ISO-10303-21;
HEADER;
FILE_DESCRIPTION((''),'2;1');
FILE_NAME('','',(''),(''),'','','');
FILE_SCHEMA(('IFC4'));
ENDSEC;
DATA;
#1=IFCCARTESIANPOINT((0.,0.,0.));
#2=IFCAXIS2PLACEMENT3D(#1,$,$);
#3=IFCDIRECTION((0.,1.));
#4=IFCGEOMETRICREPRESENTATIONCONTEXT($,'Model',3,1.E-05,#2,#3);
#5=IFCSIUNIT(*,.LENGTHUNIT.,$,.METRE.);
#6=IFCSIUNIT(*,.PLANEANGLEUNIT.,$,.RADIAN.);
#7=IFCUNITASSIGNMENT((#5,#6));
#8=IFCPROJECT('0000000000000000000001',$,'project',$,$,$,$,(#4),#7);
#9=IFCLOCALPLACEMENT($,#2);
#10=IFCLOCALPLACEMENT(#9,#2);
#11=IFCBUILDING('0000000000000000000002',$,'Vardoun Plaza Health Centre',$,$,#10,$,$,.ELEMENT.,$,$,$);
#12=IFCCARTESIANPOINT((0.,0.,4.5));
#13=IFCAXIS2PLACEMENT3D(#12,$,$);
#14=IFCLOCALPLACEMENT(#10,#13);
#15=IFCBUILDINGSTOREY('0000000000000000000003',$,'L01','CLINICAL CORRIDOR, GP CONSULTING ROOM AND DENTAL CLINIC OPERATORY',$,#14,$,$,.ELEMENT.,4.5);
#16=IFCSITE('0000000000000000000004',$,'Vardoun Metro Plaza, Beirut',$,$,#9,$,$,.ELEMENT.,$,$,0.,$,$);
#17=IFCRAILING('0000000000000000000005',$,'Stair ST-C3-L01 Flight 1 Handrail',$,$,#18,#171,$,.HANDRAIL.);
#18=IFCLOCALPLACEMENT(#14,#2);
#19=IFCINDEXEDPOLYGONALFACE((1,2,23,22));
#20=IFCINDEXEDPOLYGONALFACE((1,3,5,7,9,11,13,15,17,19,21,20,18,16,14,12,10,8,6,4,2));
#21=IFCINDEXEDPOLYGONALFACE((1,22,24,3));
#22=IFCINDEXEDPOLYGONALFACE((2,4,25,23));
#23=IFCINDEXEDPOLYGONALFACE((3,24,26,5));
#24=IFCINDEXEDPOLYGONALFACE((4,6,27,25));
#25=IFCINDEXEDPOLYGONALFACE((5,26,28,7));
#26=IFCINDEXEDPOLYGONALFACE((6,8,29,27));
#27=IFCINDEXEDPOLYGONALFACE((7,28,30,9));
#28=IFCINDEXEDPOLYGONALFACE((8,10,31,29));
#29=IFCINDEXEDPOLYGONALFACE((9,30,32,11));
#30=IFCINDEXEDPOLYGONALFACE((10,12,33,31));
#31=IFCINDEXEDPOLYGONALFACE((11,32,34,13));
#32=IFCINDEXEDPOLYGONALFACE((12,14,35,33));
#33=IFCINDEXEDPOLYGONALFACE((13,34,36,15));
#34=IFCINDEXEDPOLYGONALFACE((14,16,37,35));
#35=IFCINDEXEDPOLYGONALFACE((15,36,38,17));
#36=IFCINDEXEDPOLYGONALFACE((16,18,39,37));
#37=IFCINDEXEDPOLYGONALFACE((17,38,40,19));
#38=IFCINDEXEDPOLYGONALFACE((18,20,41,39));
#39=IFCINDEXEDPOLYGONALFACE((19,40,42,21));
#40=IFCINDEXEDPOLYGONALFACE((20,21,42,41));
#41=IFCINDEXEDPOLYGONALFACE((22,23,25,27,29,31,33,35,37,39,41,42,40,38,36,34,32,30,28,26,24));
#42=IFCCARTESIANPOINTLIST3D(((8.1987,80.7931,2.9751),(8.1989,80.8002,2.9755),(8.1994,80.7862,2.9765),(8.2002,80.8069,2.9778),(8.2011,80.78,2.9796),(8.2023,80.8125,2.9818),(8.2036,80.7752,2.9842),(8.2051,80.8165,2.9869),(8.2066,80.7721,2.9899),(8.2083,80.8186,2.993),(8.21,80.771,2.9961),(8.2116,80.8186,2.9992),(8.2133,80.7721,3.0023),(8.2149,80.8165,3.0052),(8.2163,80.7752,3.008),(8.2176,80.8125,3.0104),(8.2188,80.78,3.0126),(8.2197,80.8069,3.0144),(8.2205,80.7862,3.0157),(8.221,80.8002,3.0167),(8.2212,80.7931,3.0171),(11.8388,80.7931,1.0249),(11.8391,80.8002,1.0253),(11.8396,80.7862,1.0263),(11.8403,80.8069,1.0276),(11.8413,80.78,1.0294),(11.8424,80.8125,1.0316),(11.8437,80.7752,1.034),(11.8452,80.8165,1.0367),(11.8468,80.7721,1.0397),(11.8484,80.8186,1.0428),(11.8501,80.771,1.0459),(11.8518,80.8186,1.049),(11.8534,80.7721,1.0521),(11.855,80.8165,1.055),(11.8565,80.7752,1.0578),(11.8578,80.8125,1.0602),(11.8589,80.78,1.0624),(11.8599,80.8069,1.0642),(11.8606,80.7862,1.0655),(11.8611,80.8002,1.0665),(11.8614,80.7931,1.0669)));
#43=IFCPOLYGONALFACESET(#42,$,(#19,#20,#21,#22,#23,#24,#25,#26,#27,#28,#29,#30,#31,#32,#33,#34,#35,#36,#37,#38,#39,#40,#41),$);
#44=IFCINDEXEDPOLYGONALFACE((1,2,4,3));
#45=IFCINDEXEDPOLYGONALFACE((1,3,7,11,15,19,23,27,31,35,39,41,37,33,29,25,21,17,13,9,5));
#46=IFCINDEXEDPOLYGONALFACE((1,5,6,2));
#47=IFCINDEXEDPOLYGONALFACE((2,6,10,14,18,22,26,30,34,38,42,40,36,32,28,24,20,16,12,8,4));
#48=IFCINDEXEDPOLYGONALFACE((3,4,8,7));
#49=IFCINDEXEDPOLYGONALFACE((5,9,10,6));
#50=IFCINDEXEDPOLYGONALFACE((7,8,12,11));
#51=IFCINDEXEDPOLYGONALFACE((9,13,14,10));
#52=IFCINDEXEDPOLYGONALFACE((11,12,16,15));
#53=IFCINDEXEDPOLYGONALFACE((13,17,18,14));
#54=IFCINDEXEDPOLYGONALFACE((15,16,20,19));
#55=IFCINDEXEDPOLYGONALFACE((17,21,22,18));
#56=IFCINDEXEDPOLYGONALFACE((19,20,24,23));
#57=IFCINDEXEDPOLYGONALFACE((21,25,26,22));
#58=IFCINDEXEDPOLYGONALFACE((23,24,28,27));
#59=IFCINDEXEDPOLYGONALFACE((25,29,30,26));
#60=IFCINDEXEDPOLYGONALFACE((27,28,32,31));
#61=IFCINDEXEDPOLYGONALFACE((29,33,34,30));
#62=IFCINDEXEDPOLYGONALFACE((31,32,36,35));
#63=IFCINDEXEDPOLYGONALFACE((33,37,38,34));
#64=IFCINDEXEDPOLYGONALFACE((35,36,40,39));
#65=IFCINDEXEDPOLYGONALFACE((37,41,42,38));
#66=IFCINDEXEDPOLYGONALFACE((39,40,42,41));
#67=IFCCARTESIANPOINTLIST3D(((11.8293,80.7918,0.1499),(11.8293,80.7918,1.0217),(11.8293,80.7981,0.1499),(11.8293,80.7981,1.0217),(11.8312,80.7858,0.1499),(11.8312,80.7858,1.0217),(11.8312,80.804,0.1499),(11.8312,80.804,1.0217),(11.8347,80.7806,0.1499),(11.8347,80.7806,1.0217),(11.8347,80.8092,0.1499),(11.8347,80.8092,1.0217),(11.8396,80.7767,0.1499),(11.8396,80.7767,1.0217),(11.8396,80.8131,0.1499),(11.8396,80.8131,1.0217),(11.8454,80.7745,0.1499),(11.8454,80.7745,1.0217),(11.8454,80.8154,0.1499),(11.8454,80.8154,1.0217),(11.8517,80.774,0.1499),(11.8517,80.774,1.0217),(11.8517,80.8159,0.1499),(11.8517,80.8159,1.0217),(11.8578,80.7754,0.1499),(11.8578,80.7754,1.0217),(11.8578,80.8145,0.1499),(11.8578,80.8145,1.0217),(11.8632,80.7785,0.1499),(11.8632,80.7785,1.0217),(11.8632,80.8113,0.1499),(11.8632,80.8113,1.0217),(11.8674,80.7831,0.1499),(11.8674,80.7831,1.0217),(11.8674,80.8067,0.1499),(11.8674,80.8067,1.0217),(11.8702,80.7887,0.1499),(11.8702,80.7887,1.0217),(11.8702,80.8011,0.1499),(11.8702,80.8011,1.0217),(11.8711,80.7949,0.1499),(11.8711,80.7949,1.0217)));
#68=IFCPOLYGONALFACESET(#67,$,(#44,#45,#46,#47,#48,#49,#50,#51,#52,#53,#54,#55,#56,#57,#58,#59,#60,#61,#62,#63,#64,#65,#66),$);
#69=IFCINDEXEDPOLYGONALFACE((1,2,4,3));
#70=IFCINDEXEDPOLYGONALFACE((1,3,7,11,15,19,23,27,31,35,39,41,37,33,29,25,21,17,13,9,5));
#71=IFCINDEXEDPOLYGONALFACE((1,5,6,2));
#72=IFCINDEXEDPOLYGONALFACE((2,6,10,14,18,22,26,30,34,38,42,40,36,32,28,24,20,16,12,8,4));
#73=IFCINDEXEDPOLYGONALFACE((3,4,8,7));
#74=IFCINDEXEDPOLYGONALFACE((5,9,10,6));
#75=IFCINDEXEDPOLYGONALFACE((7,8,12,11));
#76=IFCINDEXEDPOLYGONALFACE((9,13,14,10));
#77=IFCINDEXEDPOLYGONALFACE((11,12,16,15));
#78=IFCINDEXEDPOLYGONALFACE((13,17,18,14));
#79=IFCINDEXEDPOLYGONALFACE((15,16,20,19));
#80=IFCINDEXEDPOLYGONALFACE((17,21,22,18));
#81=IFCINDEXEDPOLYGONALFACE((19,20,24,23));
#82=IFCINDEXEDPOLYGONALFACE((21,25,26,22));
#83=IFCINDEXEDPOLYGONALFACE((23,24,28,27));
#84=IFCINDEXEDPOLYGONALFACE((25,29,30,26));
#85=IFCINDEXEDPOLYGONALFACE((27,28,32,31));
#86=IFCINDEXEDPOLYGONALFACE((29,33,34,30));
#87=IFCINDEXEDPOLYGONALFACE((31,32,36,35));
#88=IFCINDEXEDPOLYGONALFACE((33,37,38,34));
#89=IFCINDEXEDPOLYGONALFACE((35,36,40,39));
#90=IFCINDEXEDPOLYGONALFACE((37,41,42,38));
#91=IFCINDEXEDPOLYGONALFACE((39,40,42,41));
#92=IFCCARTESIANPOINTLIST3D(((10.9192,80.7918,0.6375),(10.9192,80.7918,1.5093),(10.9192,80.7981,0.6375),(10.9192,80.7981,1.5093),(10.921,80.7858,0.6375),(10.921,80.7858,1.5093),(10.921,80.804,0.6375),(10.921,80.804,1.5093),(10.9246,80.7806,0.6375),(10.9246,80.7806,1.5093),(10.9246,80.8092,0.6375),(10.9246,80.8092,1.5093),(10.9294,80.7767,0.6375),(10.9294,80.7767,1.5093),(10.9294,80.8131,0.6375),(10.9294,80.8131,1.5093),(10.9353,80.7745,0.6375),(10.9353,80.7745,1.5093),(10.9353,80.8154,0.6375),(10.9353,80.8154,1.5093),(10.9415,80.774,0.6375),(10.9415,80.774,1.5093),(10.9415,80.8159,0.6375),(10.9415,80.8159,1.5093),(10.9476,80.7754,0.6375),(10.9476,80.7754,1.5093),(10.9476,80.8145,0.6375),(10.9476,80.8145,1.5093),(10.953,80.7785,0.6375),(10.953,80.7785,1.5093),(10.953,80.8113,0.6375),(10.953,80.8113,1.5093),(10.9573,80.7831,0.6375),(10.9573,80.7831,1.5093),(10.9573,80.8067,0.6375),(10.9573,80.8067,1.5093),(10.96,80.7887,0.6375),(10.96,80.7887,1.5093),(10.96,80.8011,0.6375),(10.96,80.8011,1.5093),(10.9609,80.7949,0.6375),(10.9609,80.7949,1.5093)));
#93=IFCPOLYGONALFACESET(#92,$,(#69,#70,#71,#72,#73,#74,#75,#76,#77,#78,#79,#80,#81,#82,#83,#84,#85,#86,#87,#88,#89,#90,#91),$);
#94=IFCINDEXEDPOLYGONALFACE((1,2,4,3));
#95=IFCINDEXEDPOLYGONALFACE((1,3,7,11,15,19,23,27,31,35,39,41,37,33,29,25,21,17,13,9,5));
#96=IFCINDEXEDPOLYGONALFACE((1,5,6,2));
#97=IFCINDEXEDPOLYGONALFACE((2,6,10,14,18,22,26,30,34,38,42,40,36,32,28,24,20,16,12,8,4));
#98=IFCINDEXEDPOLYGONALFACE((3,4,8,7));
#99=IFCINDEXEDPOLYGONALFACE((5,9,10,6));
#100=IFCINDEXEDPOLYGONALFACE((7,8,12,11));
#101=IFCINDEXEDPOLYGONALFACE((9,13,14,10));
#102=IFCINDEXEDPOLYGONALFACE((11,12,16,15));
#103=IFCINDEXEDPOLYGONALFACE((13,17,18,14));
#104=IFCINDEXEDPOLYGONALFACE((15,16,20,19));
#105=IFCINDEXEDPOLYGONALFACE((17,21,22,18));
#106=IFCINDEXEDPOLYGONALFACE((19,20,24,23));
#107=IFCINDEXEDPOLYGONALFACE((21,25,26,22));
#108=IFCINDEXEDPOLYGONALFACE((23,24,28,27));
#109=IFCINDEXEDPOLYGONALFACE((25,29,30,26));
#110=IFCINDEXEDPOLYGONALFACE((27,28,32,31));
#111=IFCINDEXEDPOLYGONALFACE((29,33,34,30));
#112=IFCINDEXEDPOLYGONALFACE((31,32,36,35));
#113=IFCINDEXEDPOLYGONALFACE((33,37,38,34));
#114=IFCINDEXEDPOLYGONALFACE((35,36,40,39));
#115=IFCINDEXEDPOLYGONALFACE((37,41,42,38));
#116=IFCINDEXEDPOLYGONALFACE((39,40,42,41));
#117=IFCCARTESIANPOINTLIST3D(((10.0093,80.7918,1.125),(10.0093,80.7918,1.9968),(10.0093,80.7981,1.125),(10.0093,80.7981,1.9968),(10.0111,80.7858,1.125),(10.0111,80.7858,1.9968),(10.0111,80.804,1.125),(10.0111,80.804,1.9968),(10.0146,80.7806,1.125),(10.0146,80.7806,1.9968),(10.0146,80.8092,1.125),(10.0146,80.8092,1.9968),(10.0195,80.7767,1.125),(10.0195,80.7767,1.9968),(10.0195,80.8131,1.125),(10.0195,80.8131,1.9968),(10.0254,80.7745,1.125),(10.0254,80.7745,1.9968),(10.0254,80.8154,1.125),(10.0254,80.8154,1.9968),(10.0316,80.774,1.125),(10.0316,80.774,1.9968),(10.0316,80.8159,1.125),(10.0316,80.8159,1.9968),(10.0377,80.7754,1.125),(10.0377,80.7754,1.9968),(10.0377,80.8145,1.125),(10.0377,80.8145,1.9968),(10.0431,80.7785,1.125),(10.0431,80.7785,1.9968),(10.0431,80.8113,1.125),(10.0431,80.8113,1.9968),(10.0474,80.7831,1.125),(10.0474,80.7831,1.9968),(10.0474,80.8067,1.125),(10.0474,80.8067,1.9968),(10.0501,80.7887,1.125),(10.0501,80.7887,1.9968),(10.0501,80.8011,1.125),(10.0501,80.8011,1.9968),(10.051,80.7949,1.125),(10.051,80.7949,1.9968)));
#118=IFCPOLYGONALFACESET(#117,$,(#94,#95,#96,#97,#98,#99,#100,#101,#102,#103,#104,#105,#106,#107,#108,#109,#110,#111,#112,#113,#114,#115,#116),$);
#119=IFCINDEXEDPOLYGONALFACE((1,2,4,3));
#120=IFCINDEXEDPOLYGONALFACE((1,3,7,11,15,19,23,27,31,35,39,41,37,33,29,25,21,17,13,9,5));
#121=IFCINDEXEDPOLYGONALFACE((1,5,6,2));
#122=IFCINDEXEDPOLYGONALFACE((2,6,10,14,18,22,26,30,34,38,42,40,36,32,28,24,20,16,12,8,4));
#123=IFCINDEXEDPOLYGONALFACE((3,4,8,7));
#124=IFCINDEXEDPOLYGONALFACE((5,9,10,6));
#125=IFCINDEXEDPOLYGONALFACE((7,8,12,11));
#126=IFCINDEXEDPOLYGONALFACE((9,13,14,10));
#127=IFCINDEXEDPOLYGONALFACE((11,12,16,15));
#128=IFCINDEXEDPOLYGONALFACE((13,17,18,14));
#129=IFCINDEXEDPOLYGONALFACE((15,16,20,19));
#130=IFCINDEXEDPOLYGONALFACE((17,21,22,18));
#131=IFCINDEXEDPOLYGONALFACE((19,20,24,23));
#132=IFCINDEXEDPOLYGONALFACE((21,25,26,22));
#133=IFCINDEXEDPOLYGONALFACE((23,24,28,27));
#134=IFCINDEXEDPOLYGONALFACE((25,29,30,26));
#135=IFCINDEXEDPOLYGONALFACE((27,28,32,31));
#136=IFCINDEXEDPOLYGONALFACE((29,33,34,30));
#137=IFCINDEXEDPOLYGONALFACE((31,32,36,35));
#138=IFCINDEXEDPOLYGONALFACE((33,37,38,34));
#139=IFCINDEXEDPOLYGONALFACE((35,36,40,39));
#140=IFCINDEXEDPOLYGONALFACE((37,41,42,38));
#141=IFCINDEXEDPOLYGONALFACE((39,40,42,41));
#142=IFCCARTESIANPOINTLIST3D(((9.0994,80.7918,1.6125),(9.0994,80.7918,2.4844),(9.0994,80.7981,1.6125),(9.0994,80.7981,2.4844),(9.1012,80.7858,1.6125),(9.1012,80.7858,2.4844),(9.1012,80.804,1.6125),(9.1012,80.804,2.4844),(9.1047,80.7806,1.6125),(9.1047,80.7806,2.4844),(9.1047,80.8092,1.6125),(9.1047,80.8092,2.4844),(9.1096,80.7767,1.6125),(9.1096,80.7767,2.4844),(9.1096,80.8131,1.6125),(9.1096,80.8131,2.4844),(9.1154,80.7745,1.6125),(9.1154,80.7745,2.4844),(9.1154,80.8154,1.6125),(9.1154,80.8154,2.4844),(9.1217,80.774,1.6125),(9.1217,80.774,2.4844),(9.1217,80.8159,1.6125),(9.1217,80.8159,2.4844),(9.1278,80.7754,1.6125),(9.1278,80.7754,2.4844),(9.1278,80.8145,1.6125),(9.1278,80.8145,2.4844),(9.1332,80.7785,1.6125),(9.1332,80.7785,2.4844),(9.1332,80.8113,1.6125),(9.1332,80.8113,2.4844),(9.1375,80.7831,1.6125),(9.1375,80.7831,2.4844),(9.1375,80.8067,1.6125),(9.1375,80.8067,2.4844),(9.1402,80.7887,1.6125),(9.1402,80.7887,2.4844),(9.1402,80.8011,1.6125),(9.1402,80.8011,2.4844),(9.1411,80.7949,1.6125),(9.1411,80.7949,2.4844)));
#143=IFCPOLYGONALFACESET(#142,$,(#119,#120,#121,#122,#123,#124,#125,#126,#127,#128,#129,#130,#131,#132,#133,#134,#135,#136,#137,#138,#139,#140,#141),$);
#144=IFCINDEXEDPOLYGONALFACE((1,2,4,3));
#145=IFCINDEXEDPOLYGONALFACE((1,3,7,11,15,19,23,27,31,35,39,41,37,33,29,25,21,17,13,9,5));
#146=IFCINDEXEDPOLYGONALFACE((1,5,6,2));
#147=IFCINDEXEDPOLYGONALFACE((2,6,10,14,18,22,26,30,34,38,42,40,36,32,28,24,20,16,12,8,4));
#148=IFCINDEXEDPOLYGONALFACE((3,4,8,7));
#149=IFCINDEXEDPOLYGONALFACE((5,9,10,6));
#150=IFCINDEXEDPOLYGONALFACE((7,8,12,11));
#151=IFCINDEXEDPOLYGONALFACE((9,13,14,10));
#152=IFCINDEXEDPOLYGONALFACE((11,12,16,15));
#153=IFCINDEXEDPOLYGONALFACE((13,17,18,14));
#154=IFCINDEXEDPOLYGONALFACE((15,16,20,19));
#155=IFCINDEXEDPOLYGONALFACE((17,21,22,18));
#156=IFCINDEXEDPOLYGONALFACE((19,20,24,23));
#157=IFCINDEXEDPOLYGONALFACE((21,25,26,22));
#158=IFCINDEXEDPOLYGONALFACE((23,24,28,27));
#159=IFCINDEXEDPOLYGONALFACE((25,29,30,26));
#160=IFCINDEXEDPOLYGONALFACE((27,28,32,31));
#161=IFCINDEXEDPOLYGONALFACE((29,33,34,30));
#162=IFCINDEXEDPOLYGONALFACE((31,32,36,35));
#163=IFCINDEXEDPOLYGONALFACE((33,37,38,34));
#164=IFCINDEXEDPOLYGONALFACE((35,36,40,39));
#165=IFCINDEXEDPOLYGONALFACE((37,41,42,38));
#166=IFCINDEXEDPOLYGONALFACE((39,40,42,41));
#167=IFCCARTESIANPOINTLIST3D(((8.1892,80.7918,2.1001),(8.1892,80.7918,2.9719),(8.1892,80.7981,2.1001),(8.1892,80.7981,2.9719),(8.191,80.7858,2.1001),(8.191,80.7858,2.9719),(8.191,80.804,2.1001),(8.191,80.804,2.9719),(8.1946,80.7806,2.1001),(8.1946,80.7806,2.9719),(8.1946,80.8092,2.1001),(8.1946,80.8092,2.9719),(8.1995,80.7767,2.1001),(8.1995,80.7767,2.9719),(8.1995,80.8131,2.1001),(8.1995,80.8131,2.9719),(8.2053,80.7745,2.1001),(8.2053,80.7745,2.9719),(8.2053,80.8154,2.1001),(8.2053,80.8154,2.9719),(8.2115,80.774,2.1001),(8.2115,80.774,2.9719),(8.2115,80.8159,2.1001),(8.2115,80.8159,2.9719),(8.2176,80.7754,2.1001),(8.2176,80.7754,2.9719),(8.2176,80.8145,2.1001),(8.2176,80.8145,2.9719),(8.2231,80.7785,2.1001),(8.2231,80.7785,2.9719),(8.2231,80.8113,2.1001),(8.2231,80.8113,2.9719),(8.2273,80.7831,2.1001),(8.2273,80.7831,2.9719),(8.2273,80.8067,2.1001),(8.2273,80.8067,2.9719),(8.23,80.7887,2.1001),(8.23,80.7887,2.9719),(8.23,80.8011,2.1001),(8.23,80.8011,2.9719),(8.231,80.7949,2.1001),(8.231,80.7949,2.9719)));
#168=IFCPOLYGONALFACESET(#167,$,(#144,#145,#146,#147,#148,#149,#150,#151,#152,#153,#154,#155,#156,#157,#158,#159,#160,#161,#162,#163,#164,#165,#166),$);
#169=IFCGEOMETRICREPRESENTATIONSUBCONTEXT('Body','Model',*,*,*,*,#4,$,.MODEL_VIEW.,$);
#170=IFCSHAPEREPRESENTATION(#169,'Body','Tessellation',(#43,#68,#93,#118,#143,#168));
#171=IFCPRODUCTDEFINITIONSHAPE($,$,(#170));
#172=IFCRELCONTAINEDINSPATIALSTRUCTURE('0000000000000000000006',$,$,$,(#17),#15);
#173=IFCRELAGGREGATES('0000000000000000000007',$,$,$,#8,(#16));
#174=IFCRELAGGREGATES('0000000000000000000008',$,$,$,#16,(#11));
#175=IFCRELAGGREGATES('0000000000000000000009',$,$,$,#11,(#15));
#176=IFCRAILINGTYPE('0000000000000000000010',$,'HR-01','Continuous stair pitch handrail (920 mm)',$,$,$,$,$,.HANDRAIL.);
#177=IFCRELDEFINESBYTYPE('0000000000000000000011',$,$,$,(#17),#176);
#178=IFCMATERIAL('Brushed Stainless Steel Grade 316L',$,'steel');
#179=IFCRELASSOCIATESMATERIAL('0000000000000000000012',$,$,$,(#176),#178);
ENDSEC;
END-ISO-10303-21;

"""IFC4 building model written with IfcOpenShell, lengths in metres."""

from ifc_helpers import new_model, si_unit, direction, frame, origin, origin_2d, place, context, subcontext, project, spatial, circle, extrude, material, type_object, element, save


model = new_model("IFC4")

# Units and contexts
model_context = context("Model", 3, precision=1e-05, world=origin(), true_north=direction((0.0, 1.0)))
body_context = subcontext(model_context, "Body", "Model", "MODEL_VIEW")
ifc_project = project(units=[si_unit("LENGTHUNIT", "METRE"), si_unit("PLANEANGLEUNIT", "RADIAN")], contexts=[model_context])

# Site, building, storey
site_placement = place(None, origin())
site = spatial("IfcSite", under=ifc_project, at=site_placement, Name="Vardoun Metro Plaza, Beirut", CompositionType="ELEMENT", RefElevation=0.0)
building_placement = place(site_placement, origin())
building = spatial("IfcBuilding", under=site, at=building_placement, Name="Vardoun Plaza Health Centre", CompositionType="ELEMENT")
storey_placement = place(building_placement, frame((0.0, 0.0, 4.5)))
storey = spatial("IfcBuildingStorey", under=building, at=storey_placement, Name="L01", Description="CLINICAL CORRIDOR, GP CONSULTING ROOM AND DENTAL CLINIC OPERATORY", CompositionType="ELEMENT", Elevation=4.5)

# Railing
ifc_material_1 = material(Name="Brushed Stainless Steel Grade 316L", Category="steel")
railing_type_1 = type_object("IfcRailingType", Name="HR-01", Description="Continuous stair pitch handrail (920 mm)", PredefinedType="HANDRAIL", material=ifc_material_1)
railing_1_placement = place(storey_placement, frame((11.8501, 80.7949, 0.1499)))
element("IfcRailing", 1, at=railing_1_placement, inside=storey, type_object=railing_type_1, Name="Stair ST-C3-L01 Flight 1 Handrail", PredefinedType="HANDRAIL", context=body_context, shape_type="SweptSolid", body=[
    extrude(circle(Radius=0.0239, at=origin_2d()), frame((0.0, 0.0, 0.896), z_axis=(-0.881468, 0.0, 0.472244), x_axis=(0.0, -1.0, 0.0)), (0.0, 0.0, 1.0), 4.1296),
    extrude(circle(Radius=0.021, at=origin_2d()), origin(), (0.0, 0.0, 1.0), 0.8718),
    extrude(circle(Radius=0.021, at=origin_2d()), frame((-0.9102, 0.0, 0.4875)), (0.0, 0.0, 1.0), 0.8718),
    extrude(circle(Radius=0.021, at=origin_2d()), frame((-1.8201, 0.0, 0.9751)), (0.0, 0.0, 1.0), 0.8718),
    extrude(circle(Radius=0.021, at=origin_2d()), frame((-2.73, 0.0, 1.4626)), (0.0, 0.0, 1.0), 0.8718),
    extrude(circle(Radius=0.021, at=origin_2d()), frame((-3.6401, 0.0, 1.9502)), (0.0, 0.0, 1.0), 0.8718),
])

save(model, "model.ifc")
